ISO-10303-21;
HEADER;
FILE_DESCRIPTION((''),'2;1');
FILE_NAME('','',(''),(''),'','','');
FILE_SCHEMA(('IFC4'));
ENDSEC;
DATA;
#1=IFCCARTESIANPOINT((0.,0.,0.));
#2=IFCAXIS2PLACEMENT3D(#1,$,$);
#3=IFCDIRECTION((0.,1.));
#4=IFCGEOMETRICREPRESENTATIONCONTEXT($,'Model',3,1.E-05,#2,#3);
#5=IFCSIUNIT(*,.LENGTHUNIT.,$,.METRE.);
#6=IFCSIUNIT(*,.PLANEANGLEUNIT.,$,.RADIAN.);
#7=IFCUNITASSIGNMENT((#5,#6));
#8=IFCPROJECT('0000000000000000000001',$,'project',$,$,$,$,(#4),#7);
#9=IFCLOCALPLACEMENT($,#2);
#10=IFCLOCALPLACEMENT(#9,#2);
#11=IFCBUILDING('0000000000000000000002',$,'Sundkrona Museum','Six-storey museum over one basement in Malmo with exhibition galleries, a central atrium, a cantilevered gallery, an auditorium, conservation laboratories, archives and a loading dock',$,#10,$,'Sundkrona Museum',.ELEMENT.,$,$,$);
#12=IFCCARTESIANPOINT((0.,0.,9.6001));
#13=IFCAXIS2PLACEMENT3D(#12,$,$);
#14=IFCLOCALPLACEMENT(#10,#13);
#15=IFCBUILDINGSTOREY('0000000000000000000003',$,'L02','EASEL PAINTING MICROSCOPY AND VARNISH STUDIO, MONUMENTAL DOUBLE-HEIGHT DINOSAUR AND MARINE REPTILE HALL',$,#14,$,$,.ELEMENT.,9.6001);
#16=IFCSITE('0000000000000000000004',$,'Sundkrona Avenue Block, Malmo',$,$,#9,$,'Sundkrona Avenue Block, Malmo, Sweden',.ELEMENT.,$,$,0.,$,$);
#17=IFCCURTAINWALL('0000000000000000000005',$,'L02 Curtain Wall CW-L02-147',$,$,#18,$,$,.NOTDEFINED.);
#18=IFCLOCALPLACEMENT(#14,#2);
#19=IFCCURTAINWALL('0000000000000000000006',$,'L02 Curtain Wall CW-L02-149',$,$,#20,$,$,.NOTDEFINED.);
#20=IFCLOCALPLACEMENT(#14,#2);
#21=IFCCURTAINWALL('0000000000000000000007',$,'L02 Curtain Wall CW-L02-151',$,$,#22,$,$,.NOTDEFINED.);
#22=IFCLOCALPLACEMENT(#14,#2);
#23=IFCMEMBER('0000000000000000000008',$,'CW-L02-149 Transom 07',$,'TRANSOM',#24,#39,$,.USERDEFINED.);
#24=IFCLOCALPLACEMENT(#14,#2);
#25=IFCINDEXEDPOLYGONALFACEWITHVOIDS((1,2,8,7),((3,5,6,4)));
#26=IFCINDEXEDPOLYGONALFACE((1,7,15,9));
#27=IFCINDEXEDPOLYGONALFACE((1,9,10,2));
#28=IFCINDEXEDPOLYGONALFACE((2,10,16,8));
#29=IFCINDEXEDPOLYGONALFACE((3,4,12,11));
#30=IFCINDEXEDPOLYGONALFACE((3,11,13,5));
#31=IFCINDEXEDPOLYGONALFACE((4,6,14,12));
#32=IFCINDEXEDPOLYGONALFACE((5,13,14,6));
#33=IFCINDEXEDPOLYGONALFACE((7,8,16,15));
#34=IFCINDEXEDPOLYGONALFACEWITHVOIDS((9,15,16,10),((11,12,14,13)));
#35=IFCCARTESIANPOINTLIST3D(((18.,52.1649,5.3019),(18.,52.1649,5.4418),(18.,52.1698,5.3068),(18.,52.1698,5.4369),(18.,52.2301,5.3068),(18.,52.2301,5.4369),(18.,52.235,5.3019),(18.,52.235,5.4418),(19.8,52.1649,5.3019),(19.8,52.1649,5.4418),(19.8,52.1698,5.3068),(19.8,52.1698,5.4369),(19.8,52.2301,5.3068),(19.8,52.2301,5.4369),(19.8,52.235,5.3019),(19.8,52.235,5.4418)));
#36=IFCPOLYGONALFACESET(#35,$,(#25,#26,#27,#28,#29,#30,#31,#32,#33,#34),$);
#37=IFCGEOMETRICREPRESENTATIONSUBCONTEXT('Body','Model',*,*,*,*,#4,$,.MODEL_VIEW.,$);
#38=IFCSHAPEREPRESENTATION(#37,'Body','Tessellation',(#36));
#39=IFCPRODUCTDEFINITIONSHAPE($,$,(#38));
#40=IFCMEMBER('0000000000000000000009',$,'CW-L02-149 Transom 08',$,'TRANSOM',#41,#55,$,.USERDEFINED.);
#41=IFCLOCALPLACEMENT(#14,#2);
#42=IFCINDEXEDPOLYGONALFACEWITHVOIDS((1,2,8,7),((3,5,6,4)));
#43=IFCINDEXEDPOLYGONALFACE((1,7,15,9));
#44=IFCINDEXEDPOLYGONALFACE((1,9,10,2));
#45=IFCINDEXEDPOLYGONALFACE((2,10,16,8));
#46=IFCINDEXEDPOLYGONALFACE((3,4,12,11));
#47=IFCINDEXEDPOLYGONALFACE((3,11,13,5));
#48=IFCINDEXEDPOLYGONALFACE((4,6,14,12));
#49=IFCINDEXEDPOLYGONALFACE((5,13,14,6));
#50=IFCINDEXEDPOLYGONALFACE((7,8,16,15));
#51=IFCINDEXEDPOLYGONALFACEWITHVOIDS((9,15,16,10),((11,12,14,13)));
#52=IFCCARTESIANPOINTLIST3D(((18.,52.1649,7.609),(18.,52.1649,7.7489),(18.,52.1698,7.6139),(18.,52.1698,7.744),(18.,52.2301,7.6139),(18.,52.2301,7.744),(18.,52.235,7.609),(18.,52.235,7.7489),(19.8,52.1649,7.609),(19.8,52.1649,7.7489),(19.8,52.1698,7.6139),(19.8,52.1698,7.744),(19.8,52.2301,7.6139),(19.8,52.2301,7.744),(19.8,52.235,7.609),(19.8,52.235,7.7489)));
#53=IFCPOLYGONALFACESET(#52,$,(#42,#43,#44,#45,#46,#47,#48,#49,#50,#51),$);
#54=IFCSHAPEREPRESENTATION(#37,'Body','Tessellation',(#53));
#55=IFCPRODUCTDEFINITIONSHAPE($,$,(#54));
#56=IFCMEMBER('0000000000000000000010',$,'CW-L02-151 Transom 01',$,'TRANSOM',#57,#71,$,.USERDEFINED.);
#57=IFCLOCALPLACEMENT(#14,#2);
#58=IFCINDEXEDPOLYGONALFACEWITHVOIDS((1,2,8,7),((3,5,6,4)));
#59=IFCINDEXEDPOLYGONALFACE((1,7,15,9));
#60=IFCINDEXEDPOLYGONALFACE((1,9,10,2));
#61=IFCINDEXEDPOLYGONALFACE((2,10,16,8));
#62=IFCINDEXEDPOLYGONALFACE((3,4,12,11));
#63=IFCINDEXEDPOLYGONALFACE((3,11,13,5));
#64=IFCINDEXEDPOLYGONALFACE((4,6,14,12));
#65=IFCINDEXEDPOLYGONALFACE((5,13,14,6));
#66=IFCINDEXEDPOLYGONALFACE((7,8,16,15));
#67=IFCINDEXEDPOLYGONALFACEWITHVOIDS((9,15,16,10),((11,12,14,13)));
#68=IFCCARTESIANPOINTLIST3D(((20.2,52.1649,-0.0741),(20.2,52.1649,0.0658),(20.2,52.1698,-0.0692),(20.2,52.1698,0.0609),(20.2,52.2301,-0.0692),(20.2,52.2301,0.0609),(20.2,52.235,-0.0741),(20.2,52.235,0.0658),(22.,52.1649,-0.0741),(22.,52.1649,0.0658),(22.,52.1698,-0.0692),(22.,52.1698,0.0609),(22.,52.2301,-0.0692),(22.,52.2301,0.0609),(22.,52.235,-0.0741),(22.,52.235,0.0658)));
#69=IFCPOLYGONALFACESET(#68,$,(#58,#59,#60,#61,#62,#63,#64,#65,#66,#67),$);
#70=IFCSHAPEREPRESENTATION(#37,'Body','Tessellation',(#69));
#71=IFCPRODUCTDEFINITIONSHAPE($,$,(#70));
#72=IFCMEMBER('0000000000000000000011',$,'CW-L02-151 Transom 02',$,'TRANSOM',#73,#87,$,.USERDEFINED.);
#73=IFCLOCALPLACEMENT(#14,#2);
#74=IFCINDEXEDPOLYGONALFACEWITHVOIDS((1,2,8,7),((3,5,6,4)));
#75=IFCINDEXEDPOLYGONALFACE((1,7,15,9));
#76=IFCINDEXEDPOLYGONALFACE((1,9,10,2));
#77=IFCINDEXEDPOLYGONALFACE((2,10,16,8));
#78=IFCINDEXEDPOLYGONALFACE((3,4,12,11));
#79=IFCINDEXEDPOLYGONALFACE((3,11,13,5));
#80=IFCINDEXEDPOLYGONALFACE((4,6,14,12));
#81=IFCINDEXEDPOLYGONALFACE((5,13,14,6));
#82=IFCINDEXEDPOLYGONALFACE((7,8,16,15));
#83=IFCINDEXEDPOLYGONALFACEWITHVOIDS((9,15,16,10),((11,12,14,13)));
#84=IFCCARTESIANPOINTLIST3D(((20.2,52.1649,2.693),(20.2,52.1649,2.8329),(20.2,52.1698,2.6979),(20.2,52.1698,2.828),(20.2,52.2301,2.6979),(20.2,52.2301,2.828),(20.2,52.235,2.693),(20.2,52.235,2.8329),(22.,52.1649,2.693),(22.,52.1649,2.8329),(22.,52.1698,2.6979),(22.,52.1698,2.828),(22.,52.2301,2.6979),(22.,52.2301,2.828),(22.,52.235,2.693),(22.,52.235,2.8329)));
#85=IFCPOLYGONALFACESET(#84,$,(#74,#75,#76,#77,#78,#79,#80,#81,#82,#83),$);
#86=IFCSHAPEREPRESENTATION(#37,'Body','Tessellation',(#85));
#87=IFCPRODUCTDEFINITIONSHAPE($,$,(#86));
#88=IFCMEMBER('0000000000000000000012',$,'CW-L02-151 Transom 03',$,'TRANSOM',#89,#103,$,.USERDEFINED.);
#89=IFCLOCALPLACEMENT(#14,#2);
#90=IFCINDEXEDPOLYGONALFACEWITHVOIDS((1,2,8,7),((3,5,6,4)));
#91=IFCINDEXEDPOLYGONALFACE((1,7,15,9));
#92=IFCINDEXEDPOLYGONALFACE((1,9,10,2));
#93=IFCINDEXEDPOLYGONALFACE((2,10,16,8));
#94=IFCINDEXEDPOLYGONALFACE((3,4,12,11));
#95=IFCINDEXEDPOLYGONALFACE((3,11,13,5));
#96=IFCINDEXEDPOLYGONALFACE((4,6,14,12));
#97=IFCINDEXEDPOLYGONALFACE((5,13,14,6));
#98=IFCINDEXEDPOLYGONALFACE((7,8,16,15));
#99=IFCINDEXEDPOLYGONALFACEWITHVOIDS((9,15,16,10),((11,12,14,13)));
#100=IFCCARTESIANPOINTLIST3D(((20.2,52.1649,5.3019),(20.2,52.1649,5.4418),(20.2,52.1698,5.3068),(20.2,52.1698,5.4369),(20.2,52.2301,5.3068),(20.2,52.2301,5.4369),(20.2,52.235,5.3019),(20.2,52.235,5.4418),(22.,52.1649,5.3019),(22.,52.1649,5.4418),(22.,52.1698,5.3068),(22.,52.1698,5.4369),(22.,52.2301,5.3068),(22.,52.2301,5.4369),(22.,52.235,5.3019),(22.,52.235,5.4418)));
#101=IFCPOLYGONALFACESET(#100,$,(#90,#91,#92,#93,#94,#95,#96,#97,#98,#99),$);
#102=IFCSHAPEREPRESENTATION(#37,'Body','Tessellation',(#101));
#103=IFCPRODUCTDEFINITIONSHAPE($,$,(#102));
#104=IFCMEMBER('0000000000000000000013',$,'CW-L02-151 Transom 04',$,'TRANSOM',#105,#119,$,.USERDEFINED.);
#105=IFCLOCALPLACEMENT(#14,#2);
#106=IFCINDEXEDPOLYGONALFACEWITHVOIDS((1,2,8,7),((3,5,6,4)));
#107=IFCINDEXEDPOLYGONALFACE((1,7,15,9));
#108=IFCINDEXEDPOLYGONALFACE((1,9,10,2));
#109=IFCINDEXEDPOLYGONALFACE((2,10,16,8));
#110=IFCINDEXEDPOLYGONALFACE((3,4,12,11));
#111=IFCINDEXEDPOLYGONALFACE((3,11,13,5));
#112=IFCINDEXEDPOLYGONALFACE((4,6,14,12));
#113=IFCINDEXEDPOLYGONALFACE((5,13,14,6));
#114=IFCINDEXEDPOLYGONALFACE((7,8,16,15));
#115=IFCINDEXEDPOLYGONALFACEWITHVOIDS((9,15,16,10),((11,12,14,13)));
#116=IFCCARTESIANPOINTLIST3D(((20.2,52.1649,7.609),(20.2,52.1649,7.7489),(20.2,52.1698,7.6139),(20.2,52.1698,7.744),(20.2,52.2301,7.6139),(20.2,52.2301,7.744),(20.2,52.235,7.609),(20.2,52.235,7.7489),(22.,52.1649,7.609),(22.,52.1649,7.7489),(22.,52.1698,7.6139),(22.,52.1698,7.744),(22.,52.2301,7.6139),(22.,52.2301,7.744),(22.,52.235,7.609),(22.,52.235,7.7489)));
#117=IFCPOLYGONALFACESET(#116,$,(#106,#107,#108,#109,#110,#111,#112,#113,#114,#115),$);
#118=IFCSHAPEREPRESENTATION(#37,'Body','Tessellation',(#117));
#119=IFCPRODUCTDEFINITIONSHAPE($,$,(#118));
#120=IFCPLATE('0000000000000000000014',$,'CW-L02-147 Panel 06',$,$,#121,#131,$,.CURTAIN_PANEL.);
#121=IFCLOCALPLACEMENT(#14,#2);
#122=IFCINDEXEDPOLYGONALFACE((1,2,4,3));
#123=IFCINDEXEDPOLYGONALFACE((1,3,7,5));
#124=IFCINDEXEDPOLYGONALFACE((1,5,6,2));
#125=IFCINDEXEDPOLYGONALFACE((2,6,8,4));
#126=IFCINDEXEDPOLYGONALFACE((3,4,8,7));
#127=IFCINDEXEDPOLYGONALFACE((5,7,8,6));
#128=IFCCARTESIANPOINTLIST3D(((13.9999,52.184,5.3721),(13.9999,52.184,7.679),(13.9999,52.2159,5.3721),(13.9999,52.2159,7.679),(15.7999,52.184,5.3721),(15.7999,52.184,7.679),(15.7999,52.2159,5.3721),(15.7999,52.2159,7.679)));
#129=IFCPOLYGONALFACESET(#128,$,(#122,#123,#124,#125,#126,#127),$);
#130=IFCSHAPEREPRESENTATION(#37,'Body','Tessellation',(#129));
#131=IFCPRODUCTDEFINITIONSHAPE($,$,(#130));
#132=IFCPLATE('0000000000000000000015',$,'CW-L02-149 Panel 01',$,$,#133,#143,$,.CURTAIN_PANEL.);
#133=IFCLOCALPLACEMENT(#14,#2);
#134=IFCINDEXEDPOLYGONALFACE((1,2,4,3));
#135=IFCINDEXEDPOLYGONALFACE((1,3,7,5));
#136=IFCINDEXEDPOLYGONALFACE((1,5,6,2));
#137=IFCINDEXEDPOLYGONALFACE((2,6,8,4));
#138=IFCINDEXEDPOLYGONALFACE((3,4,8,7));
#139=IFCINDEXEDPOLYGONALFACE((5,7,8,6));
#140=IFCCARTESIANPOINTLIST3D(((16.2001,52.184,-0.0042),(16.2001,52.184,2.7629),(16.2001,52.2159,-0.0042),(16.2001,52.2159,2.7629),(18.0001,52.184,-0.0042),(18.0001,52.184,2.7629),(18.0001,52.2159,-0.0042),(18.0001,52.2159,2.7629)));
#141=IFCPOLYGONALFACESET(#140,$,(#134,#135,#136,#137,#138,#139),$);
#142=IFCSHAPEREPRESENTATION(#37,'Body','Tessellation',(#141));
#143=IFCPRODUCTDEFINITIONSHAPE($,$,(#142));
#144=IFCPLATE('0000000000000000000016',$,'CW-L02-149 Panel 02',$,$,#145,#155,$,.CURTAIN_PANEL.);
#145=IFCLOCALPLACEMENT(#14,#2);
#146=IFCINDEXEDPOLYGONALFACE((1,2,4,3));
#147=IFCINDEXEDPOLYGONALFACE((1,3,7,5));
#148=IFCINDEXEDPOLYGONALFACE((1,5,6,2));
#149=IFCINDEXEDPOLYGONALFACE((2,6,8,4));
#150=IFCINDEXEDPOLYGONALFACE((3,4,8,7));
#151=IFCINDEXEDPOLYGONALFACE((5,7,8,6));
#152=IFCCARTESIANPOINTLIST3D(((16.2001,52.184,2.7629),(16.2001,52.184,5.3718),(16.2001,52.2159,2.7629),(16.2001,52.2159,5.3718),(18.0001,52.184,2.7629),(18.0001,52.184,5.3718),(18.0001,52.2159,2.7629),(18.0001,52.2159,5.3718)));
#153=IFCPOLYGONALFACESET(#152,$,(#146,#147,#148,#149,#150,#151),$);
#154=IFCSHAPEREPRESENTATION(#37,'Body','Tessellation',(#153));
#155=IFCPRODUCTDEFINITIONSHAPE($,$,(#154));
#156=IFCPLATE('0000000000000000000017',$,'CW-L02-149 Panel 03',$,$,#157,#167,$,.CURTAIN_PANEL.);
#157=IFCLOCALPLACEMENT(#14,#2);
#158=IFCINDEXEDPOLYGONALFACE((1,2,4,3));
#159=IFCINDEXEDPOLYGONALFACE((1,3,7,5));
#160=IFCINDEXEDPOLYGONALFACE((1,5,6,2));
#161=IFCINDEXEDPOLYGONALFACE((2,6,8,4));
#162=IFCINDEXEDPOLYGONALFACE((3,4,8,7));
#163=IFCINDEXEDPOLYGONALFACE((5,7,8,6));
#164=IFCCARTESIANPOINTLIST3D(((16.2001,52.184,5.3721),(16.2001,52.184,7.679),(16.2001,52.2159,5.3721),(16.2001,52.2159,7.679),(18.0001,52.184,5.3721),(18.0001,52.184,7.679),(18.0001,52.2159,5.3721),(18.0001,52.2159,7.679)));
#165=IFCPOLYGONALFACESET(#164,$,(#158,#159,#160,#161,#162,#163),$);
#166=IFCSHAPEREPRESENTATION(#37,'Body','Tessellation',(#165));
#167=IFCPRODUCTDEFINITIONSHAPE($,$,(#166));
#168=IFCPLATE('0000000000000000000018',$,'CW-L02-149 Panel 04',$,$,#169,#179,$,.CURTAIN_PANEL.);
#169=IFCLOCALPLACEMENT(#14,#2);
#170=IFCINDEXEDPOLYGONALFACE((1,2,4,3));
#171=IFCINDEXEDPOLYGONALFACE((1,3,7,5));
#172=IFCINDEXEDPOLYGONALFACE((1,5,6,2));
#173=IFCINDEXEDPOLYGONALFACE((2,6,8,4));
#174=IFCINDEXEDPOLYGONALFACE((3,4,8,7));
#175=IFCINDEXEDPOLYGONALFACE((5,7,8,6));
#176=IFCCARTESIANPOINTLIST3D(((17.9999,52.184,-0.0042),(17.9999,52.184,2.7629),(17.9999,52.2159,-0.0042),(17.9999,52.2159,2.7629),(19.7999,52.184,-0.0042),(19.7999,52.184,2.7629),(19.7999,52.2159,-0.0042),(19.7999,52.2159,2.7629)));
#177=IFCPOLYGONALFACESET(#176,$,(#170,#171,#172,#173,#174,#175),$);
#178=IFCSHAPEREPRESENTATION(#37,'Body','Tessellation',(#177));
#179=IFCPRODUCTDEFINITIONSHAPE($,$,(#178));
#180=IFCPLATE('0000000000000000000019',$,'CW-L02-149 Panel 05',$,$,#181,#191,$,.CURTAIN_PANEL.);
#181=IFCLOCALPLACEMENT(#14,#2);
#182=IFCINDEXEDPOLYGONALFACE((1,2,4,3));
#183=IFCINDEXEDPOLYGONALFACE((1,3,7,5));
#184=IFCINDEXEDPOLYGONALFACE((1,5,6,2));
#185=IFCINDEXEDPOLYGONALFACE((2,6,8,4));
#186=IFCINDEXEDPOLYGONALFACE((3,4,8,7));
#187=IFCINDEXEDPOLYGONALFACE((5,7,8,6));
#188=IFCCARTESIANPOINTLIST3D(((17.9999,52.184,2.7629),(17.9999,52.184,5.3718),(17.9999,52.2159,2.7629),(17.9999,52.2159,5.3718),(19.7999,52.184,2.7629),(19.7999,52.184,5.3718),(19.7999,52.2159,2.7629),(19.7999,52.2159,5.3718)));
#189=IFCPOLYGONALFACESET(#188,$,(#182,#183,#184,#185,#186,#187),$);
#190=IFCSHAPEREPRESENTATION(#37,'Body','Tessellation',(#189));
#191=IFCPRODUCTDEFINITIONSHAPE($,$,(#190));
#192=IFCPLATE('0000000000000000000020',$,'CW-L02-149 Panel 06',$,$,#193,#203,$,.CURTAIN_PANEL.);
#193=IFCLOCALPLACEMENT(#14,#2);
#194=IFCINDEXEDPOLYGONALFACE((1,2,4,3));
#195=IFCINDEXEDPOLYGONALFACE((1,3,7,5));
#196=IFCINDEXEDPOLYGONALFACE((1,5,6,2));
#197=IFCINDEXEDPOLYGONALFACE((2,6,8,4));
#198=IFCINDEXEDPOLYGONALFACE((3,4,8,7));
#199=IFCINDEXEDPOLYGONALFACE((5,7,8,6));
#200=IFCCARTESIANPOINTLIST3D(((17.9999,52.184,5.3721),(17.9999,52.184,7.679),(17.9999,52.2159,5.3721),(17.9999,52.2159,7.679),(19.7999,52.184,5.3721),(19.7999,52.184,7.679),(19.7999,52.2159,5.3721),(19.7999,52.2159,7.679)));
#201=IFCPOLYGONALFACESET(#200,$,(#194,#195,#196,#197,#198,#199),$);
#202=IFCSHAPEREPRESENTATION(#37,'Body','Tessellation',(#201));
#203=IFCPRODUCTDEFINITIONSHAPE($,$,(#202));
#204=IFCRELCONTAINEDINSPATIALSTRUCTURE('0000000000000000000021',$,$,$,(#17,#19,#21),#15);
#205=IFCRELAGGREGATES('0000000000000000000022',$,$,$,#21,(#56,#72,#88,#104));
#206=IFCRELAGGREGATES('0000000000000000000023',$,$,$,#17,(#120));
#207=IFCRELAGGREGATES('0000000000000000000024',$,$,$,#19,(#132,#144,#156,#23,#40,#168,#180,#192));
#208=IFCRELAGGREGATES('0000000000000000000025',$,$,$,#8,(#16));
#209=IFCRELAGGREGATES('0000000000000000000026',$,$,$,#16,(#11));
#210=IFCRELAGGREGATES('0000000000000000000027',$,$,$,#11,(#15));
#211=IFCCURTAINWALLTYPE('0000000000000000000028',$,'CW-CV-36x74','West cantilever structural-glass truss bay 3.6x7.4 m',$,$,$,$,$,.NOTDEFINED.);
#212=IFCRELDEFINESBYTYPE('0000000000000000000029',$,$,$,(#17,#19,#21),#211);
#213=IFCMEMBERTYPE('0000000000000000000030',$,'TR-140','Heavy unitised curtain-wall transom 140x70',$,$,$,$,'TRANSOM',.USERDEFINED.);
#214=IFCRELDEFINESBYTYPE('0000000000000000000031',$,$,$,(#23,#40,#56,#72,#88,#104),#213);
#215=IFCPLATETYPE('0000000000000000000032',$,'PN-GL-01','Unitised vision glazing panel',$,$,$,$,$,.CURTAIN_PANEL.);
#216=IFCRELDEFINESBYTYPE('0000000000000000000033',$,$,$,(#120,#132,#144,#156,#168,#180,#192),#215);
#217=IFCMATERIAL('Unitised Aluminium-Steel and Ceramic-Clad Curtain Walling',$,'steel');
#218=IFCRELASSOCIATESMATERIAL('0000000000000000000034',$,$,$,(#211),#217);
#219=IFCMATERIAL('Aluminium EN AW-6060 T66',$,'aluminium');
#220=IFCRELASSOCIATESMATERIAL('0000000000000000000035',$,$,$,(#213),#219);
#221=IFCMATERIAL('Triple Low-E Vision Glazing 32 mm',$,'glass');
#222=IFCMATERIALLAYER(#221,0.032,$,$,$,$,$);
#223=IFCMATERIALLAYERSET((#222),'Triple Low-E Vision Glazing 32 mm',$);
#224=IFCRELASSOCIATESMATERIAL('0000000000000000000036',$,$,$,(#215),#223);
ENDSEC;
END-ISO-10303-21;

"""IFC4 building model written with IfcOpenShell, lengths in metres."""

from ifc_helpers import new_model, si_unit, direction, frame, origin, origin_2d, place, context, subcontext, project, spatial, rectangle, hollow_rectangle, extrude, material, layer, layer_set, material_profile, profile_set, type_object, element, aggregate, save


model = new_model("IFC4")

# Units and contexts
model_context = context("Model", 3, precision=1e-05, world=origin(), true_north=direction((0.0, 1.0)))
body_context = subcontext(model_context, "Body", "Model", "MODEL_VIEW")
ifc_project = project(units=[si_unit("LENGTHUNIT", "METRE"), si_unit("PLANEANGLEUNIT", "RADIAN")], contexts=[model_context])

# Site, building, storey
site_placement = place(None, origin())
site = spatial("IfcSite", under=ifc_project, at=site_placement, Name="Sundkrona Avenue Block, Malmo", LongName="Sundkrona Avenue Block, Malmo, Sweden", CompositionType="ELEMENT", RefElevation=0.0)
building_placement = place(site_placement, origin())
building = spatial("IfcBuilding", under=site, at=building_placement, Name="Sundkrona Museum", Description="Six-storey museum over one basement in Malmo with exhibition galleries, a central atrium, a cantilevered gallery, an auditorium, conservation laboratories, archives and a loading dock", LongName="Sundkrona Museum", CompositionType="ELEMENT")
storey_placement = place(building_placement, frame((0.0, 0.0, 9.6001)))
storey = spatial("IfcBuildingStorey", under=building, at=storey_placement, Name="L02", Description="EASEL PAINTING MICROSCOPY AND VARNISH STUDIO, MONUMENTAL DOUBLE-HEIGHT DINOSAUR AND MARINE REPTILE HALL", CompositionType="ELEMENT", Elevation=9.6001)

# Curtain wall
ifc_material_1 = material(Name="Unitised Aluminium-Steel and Ceramic-Clad Curtain Walling", Category="steel")
curtain_wall_type = type_object("IfcCurtainWallType", Name="CW-CV-36x74", Description="West cantilever structural-glass truss bay 3.6x7.4 m", PredefinedType="NOTDEFINED", material=ifc_material_1)
curtain_wall_1_placement = place(storey_placement, origin())
curtain_wall_1 = element("IfcCurtainWall", 1, at=curtain_wall_1_placement, inside=storey, type_object=curtain_wall_type, Name="L02 Curtain Wall CW-L02-147", PredefinedType="NOTDEFINED")
ifc_material_2 = material(Name="Aluminium EN AW-6060 T66", Category="aluminium")

# Curtain wall
curtain_wall_2_placement = place(storey_placement, origin())
curtain_wall_2 = element("IfcCurtainWall", 2, at=curtain_wall_2_placement, inside=storey, type_object=curtain_wall_type, Name="L02 Curtain Wall CW-L02-149", PredefinedType="NOTDEFINED")

# Curtain wall
curtain_wall_3_placement = place(storey_placement, origin())
curtain_wall_3 = element("IfcCurtainWall", 3, at=curtain_wall_3_placement, inside=storey, type_object=curtain_wall_type, Name="L02 Curtain Wall CW-L02-151", PredefinedType="NOTDEFINED")

# Members
ifc_material_profile_1 = material_profile(ifc_material_2, hollow_rectangle(XDim=0.0701, YDim=0.1399, WallThickness=0.0049, at=origin_2d()), Name="RHS 140x70x5.0")
ifc_profile_set_1 = profile_set([ifc_material_profile_1], Name="Aluminium EN AW-6060 T66")
member_type_1 = type_object("IfcMemberType", Name="TR-140", Description="Heavy unitised curtain-wall transom 140x70", ElementType="TRANSOM", PredefinedType="USERDEFINED", material=ifc_profile_set_1)
member_1_placement = place(storey_placement, frame((18.0, 52.2, 5.3718), z_axis=(1.0, 0.0, 0.0), x_axis=(0.0, 1.0, 0.0)))
member_1 = element("IfcMember", 4, at=member_1_placement, type_object=member_type_1, Name="CW-L02-149 Transom 07", ObjectType="TRANSOM", PredefinedType="USERDEFINED", context=body_context, shape_type="SweptSolid", body=[
    extrude(hollow_rectangle(XDim=0.0701, YDim=0.1399, WallThickness=0.0049, at=origin_2d()), origin(), (0.0, 0.0, 1.0), 1.8),
])
member_2_placement = place(storey_placement, frame((18.0, 52.2, 7.679), z_axis=(1.0, 0.0, 0.0), x_axis=(0.0, 1.0, 0.0)))
member_2 = element("IfcMember", 5, at=member_2_placement, type_object=member_type_1, Name="CW-L02-149 Transom 08", ObjectType="TRANSOM", PredefinedType="USERDEFINED", context=body_context, shape_type="SweptSolid", body=[
    extrude(hollow_rectangle(XDim=0.0701, YDim=0.1399, WallThickness=0.0049, at=origin_2d()), origin(), (0.0, 0.0, 1.0), 1.8),
])
member_3_placement = place(storey_placement, frame((20.2, 52.2, -0.0042), z_axis=(1.0, 0.0, 0.0), x_axis=(0.0, 1.0, 0.0)))
member_3 = element("IfcMember", 6, at=member_3_placement, type_object=member_type_1, Name="CW-L02-151 Transom 01", ObjectType="TRANSOM", PredefinedType="USERDEFINED", context=body_context, shape_type="SweptSolid", body=[
    extrude(hollow_rectangle(XDim=0.0701, YDim=0.1399, WallThickness=0.0049, at=origin_2d()), origin(), (0.0, 0.0, 1.0), 1.8),
])
member_4_placement = place(storey_placement, frame((20.2, 52.2, 2.7629), z_axis=(1.0, 0.0, 0.0), x_axis=(0.0, 1.0, 0.0)))
member_4 = element("IfcMember", 7, at=member_4_placement, type_object=member_type_1, Name="CW-L02-151 Transom 02", ObjectType="TRANSOM", PredefinedType="USERDEFINED", context=body_context, shape_type="SweptSolid", body=[
    extrude(hollow_rectangle(XDim=0.0701, YDim=0.1399, WallThickness=0.0049, at=origin_2d()), origin(), (0.0, 0.0, 1.0), 1.8),
])
member_5_placement = place(storey_placement, frame((20.2, 52.2, 5.3718), z_axis=(1.0, 0.0, 0.0), x_axis=(0.0, 1.0, 0.0)))
member_5 = element("IfcMember", 8, at=member_5_placement, type_object=member_type_1, Name="CW-L02-151 Transom 03", ObjectType="TRANSOM", PredefinedType="USERDEFINED", context=body_context, shape_type="SweptSolid", body=[
    extrude(hollow_rectangle(XDim=0.0701, YDim=0.1399, WallThickness=0.0049, at=origin_2d()), origin(), (0.0, 0.0, 1.0), 1.8),
])
member_6_placement = place(storey_placement, frame((20.2, 52.2, 7.679), z_axis=(1.0, 0.0, 0.0), x_axis=(0.0, 1.0, 0.0)))
member_6 = element("IfcMember", 9, at=member_6_placement, type_object=member_type_1, Name="CW-L02-151 Transom 04", ObjectType="TRANSOM", PredefinedType="USERDEFINED", context=body_context, shape_type="SweptSolid", body=[
    extrude(hollow_rectangle(XDim=0.0701, YDim=0.1399, WallThickness=0.0049, at=origin_2d()), origin(), (0.0, 0.0, 1.0), 1.8),
])
aggregate(curtain_wall_3, [member_3, member_4, member_5, member_6])

# Plates
ifc_material_3 = material(Name="Triple Low-E Vision Glazing 32 mm", Category="glass")
ifc_layer = layer(ifc_material_3, 0.032)
ifc_layer_set = layer_set([ifc_layer], Name="Triple Low-E Vision Glazing 32 mm")
plate_type = type_object("IfcPlateType", Name="PN-GL-01", Description="Unitised vision glazing panel", PredefinedType="CURTAIN_PANEL", material=ifc_layer_set)
plate_1_placement = place(storey_placement, frame((14.8999, 52.2, 5.3721), z_axis=(0.0, 0.0, 1.0), x_axis=(1.0, 0.0, 0.0)))
plate_1 = element("IfcPlate", 10, at=plate_1_placement, type_object=plate_type, Name="CW-L02-147 Panel 06", PredefinedType="CURTAIN_PANEL", context=body_context, shape_type="SweptSolid", body=[
    extrude(rectangle(XDim=1.8, YDim=0.032, at=origin_2d()), origin(), (0.0, 0.0, 1.0), 2.3069),
])
aggregate(curtain_wall_1, [plate_1])
plate_2_placement = place(storey_placement, frame((17.1001, 52.2, -0.0042), z_axis=(0.0, 0.0, 1.0), x_axis=(1.0, 0.0, 0.0)))
plate_2 = element("IfcPlate", 11, at=plate_2_placement, type_object=plate_type, Name="CW-L02-149 Panel 01", PredefinedType="CURTAIN_PANEL", context=body_context, shape_type="SweptSolid", body=[
    extrude(rectangle(XDim=1.8, YDim=0.032, at=origin_2d()), origin(), (0.0, 0.0, 1.0), 2.7671),
])
plate_3_placement = place(storey_placement, frame((17.1001, 52.2, 2.7629), z_axis=(0.0, 0.0, 1.0), x_axis=(1.0, 0.0, 0.0)))
plate_3 = element("IfcPlate", 12, at=plate_3_placement, type_object=plate_type, Name="CW-L02-149 Panel 02", PredefinedType="CURTAIN_PANEL", context=body_context, shape_type="SweptSolid", body=[
    extrude(rectangle(XDim=1.8, YDim=0.032, at=origin_2d()), origin(), (0.0, 0.0, 1.0), 2.6089),
])
plate_4_placement = place(storey_placement, frame((17.1001, 52.2, 5.3721), z_axis=(0.0, 0.0, 1.0), x_axis=(1.0, 0.0, 0.0)))
plate_4 = element("IfcPlate", 13, at=plate_4_placement, type_object=plate_type, Name="CW-L02-149 Panel 03", PredefinedType="CURTAIN_PANEL", context=body_context, shape_type="SweptSolid", body=[
    extrude(rectangle(XDim=1.8, YDim=0.032, at=origin_2d()), origin(), (0.0, 0.0, 1.0), 2.3069),
])
plate_5_placement = place(storey_placement, frame((18.8999, 52.2, -0.0042), z_axis=(0.0, 0.0, 1.0), x_axis=(1.0, 0.0, 0.0)))
plate_5 = element("IfcPlate", 14, at=plate_5_placement, type_object=plate_type, Name="CW-L02-149 Panel 04", PredefinedType="CURTAIN_PANEL", context=body_context, shape_type="SweptSolid", body=[
    extrude(rectangle(XDim=1.8, YDim=0.032, at=origin_2d()), origin(), (0.0, 0.0, 1.0), 2.7671),
])
plate_6_placement = place(storey_placement, frame((18.8999, 52.2, 2.7629), z_axis=(0.0, 0.0, 1.0), x_axis=(1.0, 0.0, 0.0)))
plate_6 = element("IfcPlate", 15, at=plate_6_placement, type_object=plate_type, Name="CW-L02-149 Panel 05", PredefinedType="CURTAIN_PANEL", context=body_context, shape_type="SweptSolid", body=[
    extrude(rectangle(XDim=1.8, YDim=0.032, at=origin_2d()), origin(), (0.0, 0.0, 1.0), 2.6089),
])
plate_7_placement = place(storey_placement, frame((18.8999, 52.2, 5.3721), z_axis=(0.0, 0.0, 1.0), x_axis=(1.0, 0.0, 0.0)))
plate_7 = element("IfcPlate", 16, at=plate_7_placement, type_object=plate_type, Name="CW-L02-149 Panel 06", PredefinedType="CURTAIN_PANEL", context=body_context, shape_type="SweptSolid", body=[
    extrude(rectangle(XDim=1.8, YDim=0.032, at=origin_2d()), origin(), (0.0, 0.0, 1.0), 2.3069),
])
aggregate(curtain_wall_2, [plate_2, plate_3, plate_4, member_1, member_2, plate_5, plate_6, plate_7])

save(model, "model.ifc")
